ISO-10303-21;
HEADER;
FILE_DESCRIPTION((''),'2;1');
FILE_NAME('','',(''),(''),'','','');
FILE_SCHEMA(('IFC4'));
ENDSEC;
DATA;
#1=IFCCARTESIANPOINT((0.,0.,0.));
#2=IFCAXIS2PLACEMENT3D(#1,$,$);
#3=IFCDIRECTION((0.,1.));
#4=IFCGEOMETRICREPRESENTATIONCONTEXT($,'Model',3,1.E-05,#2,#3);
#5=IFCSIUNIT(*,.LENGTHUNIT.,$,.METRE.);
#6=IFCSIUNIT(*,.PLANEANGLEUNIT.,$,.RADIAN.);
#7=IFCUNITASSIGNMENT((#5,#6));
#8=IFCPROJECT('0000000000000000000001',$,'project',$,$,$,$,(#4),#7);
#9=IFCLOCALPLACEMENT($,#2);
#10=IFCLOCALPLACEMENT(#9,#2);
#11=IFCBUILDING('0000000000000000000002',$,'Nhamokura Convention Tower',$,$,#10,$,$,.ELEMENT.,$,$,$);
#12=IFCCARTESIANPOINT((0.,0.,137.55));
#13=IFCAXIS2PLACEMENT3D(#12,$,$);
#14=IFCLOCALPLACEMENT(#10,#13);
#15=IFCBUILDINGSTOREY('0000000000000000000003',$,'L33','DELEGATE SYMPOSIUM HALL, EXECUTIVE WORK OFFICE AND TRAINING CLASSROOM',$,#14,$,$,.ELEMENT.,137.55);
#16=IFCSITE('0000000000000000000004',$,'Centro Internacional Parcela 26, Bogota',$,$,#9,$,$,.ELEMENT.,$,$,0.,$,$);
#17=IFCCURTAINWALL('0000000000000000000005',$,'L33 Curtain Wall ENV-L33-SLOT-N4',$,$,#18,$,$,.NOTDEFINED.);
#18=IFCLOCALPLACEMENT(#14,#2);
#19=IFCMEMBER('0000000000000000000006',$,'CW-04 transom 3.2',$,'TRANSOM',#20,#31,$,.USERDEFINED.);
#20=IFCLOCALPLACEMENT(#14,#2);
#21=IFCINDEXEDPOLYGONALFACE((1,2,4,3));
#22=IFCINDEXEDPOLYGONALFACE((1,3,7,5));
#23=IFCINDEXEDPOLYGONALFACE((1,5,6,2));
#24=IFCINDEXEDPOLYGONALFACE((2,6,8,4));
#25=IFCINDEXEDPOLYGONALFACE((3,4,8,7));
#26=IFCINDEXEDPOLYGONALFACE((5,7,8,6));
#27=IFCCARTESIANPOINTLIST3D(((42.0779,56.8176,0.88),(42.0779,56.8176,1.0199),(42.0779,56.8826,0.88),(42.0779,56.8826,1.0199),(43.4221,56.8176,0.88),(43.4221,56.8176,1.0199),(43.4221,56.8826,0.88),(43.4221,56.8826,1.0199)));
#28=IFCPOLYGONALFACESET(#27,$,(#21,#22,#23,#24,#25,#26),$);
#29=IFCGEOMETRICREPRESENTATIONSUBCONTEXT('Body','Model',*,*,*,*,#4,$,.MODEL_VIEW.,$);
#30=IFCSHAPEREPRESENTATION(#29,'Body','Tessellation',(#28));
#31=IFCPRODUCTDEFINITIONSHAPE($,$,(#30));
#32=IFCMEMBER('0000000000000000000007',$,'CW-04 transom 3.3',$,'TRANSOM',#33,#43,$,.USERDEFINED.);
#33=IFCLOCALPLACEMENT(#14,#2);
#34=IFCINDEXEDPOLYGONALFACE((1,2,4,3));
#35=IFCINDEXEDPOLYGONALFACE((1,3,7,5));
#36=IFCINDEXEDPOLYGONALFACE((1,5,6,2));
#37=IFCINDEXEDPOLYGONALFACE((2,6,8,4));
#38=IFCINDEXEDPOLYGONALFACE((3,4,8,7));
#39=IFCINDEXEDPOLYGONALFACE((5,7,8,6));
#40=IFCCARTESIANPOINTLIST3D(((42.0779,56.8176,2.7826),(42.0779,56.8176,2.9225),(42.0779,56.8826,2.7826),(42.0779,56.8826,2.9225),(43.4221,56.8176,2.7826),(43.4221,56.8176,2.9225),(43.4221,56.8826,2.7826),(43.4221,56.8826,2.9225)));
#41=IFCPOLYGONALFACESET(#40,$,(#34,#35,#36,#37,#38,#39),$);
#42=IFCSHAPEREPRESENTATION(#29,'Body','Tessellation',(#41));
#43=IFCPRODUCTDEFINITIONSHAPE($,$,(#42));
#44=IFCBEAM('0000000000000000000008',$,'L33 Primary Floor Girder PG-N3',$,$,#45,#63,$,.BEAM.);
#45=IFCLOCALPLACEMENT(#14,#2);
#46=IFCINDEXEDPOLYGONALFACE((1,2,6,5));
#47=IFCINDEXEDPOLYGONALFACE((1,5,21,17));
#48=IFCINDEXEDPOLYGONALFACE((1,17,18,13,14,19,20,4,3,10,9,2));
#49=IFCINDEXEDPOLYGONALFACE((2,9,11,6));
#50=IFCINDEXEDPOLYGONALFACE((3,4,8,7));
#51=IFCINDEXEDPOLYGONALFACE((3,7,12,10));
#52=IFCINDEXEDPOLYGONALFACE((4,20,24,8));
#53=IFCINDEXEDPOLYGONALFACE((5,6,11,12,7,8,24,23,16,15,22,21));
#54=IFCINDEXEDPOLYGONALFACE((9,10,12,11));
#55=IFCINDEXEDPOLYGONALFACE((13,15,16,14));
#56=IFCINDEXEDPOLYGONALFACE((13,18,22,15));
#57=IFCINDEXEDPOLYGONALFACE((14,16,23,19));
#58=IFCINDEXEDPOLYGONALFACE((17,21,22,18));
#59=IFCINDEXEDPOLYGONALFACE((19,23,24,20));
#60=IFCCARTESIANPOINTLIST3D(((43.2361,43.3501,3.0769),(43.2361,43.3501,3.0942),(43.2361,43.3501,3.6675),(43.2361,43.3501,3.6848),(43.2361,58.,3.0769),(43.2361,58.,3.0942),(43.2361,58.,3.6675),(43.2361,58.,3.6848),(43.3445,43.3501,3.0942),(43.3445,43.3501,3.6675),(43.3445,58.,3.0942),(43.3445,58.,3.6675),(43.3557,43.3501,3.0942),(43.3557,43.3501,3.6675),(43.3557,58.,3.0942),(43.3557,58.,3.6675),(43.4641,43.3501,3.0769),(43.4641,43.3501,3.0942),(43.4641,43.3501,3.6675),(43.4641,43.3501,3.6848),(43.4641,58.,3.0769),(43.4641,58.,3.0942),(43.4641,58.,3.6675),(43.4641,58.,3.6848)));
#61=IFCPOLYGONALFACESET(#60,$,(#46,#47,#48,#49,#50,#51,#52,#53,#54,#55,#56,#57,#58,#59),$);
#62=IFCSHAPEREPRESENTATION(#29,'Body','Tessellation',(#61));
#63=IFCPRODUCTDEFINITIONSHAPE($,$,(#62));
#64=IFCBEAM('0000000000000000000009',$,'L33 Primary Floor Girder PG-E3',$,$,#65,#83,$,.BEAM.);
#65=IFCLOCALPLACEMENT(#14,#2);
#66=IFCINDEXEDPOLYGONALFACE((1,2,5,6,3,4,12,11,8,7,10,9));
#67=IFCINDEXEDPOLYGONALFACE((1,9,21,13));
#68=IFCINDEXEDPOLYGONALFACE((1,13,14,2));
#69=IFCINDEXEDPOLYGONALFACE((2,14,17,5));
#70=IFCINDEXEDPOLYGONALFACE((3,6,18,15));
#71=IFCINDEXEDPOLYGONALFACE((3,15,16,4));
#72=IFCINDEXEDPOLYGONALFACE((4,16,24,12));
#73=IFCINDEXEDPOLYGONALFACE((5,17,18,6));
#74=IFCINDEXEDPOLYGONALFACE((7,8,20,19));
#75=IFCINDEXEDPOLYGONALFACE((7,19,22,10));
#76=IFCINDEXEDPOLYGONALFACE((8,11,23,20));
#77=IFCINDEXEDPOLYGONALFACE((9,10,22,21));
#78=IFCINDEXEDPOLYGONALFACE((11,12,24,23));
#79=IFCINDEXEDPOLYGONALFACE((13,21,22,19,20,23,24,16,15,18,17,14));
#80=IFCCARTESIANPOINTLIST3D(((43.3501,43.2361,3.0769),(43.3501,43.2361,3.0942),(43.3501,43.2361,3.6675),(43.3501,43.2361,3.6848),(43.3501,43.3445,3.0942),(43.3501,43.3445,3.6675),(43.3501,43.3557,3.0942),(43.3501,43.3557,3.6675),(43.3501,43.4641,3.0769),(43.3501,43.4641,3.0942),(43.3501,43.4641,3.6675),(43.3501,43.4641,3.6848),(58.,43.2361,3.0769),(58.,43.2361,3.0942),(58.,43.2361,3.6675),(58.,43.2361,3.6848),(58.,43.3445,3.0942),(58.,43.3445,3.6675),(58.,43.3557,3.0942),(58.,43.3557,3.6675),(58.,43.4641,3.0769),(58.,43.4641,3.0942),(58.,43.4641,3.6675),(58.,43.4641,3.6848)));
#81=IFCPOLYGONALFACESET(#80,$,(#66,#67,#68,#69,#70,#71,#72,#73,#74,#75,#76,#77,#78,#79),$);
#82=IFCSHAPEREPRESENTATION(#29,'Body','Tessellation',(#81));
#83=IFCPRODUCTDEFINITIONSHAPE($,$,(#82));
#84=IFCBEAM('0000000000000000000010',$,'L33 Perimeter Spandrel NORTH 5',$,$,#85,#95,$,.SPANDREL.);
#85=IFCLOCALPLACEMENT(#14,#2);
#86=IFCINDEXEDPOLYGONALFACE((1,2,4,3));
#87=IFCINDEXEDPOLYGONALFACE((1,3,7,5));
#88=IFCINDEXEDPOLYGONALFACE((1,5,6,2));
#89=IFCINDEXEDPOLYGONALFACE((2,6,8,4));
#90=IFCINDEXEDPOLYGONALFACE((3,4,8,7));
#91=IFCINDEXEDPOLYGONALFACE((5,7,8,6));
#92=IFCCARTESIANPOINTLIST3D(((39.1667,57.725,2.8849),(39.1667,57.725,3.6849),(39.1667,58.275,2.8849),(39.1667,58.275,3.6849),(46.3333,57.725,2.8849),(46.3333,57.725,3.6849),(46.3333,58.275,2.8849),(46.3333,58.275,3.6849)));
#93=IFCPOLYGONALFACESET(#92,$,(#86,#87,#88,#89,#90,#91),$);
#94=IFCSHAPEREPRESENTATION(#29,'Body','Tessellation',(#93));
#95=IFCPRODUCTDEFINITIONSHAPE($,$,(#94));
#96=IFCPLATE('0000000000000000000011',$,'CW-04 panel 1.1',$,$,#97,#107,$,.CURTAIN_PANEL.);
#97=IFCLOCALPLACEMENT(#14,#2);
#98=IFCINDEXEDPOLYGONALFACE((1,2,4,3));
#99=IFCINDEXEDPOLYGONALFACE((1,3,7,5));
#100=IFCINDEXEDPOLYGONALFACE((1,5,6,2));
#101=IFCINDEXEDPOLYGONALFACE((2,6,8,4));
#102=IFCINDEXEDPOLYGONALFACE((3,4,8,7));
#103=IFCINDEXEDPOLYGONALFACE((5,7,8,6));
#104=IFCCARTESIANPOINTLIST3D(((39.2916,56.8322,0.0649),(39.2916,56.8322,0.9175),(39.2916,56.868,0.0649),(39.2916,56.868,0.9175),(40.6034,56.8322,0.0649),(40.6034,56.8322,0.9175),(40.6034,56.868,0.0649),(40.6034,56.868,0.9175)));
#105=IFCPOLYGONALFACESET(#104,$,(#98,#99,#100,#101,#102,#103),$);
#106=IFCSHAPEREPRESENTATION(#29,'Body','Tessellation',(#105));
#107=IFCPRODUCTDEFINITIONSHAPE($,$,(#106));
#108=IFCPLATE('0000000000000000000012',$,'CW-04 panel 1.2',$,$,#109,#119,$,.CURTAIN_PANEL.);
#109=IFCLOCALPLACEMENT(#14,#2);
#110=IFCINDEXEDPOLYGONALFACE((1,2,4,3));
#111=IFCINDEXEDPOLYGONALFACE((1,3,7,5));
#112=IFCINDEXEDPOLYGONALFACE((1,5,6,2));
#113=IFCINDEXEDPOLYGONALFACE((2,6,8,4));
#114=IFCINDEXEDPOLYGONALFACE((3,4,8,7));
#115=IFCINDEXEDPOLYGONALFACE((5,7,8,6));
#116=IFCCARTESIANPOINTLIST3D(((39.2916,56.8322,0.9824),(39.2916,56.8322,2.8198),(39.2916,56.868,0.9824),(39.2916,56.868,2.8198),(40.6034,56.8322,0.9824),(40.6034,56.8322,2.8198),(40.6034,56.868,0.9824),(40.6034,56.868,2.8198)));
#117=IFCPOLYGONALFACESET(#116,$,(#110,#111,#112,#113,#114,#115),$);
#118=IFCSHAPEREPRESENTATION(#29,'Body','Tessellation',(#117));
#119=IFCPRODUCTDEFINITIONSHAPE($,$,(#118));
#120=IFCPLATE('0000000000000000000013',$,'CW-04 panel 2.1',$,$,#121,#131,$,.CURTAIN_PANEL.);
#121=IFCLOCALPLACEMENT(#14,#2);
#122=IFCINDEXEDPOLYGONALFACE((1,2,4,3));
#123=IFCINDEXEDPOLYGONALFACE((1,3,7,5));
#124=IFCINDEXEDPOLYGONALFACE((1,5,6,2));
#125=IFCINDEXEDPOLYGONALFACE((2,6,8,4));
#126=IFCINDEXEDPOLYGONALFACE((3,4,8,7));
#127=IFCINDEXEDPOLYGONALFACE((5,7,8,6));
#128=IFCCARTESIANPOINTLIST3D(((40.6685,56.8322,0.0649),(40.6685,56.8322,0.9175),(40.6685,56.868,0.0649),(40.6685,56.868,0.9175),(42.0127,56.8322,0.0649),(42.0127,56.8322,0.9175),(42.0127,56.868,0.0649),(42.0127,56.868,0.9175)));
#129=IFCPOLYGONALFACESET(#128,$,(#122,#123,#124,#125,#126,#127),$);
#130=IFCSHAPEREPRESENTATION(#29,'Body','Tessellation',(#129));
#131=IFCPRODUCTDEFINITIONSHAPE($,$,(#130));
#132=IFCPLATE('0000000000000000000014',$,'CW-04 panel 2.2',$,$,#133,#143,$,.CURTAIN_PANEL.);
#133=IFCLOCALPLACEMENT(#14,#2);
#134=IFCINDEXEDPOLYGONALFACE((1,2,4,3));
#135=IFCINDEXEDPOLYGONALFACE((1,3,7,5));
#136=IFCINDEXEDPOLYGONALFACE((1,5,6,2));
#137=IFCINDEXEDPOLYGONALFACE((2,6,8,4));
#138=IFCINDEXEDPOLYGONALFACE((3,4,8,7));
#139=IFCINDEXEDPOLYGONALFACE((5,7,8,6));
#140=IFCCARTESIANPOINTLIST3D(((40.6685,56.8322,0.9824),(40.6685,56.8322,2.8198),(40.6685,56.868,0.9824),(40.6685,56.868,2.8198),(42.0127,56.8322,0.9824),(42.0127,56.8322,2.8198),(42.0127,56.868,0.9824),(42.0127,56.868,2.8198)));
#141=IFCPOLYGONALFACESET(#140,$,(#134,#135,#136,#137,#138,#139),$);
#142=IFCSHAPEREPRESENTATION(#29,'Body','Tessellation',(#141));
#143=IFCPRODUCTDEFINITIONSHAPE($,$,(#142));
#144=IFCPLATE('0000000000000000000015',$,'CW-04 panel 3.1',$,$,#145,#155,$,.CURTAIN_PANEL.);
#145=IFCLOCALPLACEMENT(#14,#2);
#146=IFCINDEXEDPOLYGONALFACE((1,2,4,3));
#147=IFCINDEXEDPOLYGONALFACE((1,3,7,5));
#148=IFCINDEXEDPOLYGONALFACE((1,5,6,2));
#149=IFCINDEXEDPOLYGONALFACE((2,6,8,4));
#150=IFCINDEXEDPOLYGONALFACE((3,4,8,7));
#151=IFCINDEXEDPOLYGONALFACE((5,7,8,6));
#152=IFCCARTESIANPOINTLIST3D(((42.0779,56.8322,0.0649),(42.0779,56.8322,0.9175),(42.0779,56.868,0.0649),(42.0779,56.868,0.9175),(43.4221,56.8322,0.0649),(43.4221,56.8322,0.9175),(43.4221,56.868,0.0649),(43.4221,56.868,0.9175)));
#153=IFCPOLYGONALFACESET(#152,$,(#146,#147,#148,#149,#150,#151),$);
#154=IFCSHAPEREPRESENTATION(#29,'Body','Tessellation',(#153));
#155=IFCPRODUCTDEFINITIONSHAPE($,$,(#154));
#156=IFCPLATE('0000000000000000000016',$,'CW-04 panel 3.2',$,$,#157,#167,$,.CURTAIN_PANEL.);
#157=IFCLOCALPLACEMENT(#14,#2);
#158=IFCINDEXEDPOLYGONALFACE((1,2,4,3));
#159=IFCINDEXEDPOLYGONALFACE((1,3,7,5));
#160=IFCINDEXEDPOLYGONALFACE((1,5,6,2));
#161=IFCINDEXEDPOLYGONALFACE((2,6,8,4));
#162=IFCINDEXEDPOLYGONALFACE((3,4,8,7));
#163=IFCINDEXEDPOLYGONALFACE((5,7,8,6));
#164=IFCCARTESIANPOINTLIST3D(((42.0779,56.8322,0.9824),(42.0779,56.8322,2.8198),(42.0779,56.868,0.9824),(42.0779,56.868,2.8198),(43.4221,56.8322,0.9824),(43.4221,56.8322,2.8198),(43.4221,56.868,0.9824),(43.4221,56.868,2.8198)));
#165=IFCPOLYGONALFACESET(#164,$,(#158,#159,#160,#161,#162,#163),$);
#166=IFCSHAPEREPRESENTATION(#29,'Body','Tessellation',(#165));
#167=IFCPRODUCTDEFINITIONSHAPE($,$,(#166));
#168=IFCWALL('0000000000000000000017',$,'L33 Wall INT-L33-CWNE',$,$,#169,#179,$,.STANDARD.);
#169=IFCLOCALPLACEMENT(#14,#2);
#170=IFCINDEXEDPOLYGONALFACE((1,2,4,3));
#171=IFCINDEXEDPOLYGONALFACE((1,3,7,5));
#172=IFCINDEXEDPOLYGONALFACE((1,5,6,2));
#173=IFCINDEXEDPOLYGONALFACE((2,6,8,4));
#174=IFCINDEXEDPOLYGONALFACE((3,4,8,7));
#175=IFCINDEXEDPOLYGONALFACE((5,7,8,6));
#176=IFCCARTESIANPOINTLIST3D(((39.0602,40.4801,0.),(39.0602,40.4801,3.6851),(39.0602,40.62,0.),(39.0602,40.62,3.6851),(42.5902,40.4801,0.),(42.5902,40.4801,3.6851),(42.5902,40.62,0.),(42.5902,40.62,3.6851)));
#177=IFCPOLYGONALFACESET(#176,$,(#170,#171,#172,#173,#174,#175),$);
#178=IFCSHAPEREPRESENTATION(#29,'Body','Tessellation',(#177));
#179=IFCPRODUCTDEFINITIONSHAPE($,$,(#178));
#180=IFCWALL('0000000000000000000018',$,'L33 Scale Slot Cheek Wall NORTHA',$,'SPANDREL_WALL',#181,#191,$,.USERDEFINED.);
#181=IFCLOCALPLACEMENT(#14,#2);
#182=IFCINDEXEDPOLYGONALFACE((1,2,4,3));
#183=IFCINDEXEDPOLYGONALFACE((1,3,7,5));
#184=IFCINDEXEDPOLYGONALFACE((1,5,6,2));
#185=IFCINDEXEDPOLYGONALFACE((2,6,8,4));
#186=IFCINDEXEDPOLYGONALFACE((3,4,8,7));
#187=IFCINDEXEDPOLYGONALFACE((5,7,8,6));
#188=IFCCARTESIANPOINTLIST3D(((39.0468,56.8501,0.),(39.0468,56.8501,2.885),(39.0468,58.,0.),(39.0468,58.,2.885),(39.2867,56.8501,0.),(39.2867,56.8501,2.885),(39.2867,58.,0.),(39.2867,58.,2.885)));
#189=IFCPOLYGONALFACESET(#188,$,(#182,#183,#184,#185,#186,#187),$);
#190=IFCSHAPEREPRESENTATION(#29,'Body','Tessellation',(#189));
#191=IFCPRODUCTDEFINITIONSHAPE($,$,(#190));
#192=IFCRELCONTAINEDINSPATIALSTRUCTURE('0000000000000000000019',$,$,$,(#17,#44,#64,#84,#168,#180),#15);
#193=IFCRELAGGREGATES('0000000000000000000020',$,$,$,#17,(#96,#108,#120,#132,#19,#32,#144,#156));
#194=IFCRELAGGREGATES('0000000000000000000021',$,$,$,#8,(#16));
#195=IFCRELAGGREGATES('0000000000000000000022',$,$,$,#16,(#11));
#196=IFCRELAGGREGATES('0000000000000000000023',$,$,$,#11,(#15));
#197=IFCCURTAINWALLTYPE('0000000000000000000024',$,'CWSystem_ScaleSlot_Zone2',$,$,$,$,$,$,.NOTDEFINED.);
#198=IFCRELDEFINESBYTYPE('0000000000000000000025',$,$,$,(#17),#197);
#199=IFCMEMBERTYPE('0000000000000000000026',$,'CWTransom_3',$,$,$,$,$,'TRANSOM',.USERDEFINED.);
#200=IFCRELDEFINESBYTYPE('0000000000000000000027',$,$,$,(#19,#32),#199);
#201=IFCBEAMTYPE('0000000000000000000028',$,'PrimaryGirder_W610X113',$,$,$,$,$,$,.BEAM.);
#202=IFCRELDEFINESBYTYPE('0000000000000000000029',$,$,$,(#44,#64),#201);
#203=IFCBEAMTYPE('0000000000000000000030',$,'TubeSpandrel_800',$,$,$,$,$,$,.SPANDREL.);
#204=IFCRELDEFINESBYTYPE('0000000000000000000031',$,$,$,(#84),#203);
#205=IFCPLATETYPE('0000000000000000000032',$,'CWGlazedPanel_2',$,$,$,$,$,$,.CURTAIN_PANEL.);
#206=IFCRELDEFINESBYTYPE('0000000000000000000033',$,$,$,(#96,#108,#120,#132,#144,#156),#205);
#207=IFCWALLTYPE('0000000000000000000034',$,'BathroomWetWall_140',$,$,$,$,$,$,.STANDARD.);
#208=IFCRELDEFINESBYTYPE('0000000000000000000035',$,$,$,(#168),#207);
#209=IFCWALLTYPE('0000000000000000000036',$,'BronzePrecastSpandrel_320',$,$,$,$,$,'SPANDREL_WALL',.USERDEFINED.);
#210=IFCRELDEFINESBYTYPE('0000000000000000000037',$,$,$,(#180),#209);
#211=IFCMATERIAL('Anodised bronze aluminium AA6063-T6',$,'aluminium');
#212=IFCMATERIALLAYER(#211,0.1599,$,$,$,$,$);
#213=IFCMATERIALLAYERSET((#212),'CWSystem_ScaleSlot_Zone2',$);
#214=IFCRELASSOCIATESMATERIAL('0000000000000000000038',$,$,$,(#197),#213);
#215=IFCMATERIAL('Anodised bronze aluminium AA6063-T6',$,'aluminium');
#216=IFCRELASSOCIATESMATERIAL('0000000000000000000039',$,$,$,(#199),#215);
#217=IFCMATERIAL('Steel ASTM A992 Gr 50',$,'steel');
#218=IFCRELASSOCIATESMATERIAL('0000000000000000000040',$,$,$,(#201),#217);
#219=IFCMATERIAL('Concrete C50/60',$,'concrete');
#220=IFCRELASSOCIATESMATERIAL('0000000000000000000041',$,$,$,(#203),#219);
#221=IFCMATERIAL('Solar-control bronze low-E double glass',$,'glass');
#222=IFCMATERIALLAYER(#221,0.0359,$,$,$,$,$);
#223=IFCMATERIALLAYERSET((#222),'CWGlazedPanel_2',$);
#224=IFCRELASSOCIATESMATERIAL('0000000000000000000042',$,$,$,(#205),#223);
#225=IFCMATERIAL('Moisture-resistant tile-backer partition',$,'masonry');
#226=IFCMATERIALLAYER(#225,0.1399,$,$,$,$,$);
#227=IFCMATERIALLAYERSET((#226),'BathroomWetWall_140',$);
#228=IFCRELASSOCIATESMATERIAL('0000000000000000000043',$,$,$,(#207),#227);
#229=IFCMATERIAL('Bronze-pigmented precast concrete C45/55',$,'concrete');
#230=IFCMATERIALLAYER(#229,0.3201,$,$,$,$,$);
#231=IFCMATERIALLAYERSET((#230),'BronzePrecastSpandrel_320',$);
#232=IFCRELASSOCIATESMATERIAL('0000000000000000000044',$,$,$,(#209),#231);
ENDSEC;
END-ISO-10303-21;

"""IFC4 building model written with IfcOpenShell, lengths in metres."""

from ifc_helpers import new_model, si_unit, direction, frame, frame_2d, origin, origin_2d, place, context, subcontext, project, spatial, rectangle, i_section, extrude, material, layer, layer_set, material_profile, profile_set, type_object, element, aggregate, save


model = new_model("IFC4")

# Units and contexts
model_context = context("Model", 3, precision=1e-05, world=origin(), true_north=direction((0.0, 1.0)))
body_context = subcontext(model_context, "Body", "Model", "MODEL_VIEW")
ifc_project = project(units=[si_unit("LENGTHUNIT", "METRE"), si_unit("PLANEANGLEUNIT", "RADIAN")], contexts=[model_context])

# Site, building, storey
site_placement = place(None, origin())
site = spatial("IfcSite", under=ifc_project, at=site_placement, Name="Centro Internacional Parcela 26, Bogota", CompositionType="ELEMENT", RefElevation=0.0)
building_placement = place(site_placement, origin())
building = spatial("IfcBuilding", under=site, at=building_placement, Name="Nhamokura Convention Tower", CompositionType="ELEMENT")
storey_placement = place(building_placement, frame((0.0, 0.0, 137.55)))
storey = spatial("IfcBuildingStorey", under=building, at=storey_placement, Name="L33", Description="DELEGATE SYMPOSIUM HALL, EXECUTIVE WORK OFFICE AND TRAINING CLASSROOM", CompositionType="ELEMENT", Elevation=137.55)

# Curtain wall, members
ifc_material_1 = material(Name="Anodised bronze aluminium AA6063-T6", Category="aluminium")
ifc_layer_1 = layer(ifc_material_1, 0.1599)
ifc_layer_set_1 = layer_set([ifc_layer_1], Name="CWSystem_ScaleSlot_Zone2")
curtain_wall_type = type_object("IfcCurtainWallType", Name="CWSystem_ScaleSlot_Zone2", PredefinedType="NOTDEFINED", material=ifc_layer_set_1)
curtain_wall_placement = place(storey_placement, origin())
curtain_wall = element("IfcCurtainWall", 1, at=curtain_wall_placement, inside=storey, type_object=curtain_wall_type, Name="L33 Curtain Wall ENV-L33-SLOT-N4", PredefinedType="NOTDEFINED")
ifc_material_2 = material(Name="Anodised bronze aluminium AA6063-T6", Category="aluminium")
ifc_material_profile_1 = material_profile(ifc_material_2, rectangle(XDim=0.0649, YDim=0.1399, at=origin_2d()))
ifc_profile_set_1 = profile_set([ifc_material_profile_1], Name="Anodised bronze aluminium AA6063-T6")
member_type_1 = type_object("IfcMemberType", Name="CWTransom_3", ElementType="TRANSOM", PredefinedType="USERDEFINED", material=ifc_profile_set_1)
member_1_placement = place(storey_placement, frame((42.0779, 56.8501, 0.95), z_axis=(1.0, 0.0, 0.0), x_axis=(0.0, 1.0, 0.0)))
member_1 = element("IfcMember", 2, at=member_1_placement, type_object=member_type_1, Name="CW-04 transom 3.2", ObjectType="TRANSOM", PredefinedType="USERDEFINED", context=body_context, shape_type="SweptSolid", body=[
    extrude(rectangle(XDim=0.0649, YDim=0.1399, at=origin_2d()), origin(), (0.0, 0.0, 1.0), 1.3442),
])
member_2_placement = place(storey_placement, frame((42.0779, 56.8501, 2.8525), z_axis=(1.0, 0.0, 0.0), x_axis=(0.0, 1.0, 0.0)))
member_2 = element("IfcMember", 3, at=member_2_placement, type_object=member_type_1, Name="CW-04 transom 3.3", ObjectType="TRANSOM", PredefinedType="USERDEFINED", context=body_context, shape_type="SweptSolid", body=[
    extrude(rectangle(XDim=0.0649, YDim=0.1399, at=origin_2d()), origin(), (0.0, 0.0, 1.0), 1.3442),
])

# Beams
ifc_material_3 = material(Name="Steel ASTM A992 Gr 50", Category="steel")
ifc_material_profile_2 = material_profile(ifc_material_3, i_section(OverallWidth=0.228, OverallDepth=0.6079, WebThickness=0.0112, FlangeThickness=0.0173, at=origin_2d()))
ifc_profile_set_2 = profile_set([ifc_material_profile_2], Name="Steel ASTM A992 Gr 50")
beam_type_1 = type_object("IfcBeamType", Name="PrimaryGirder_W610X113", PredefinedType="BEAM", material=ifc_profile_set_2)
for number, where, z_axis, x_axis, name in (
    (4, (43.3501, 43.3501, 3.3809), (0.0, 1.0, 0.0), (-1.0, 0.0, 0.0), "L33 Primary Floor Girder PG-N3"),
    (5, (43.3501, 43.3501, 3.3809), (1.0, 0.0, 0.0), (0.0, 1.0, 0.0), "L33 Primary Floor Girder PG-E3"),
):
    element("IfcBeam", number, at=place(storey_placement, frame(where, z_axis=z_axis, x_axis=x_axis)), inside=storey, type_object=beam_type_1, Name=name, PredefinedType="BEAM", context=body_context, shape_type="SweptSolid", body=[
        extrude(i_section(OverallWidth=0.228, OverallDepth=0.6079, WebThickness=0.0112, FlangeThickness=0.0173, at=origin_2d()), origin(), (0.0, 0.0, 1.0), 14.6499),
    ])
ifc_material_4 = material(Name="Concrete C50/60", Category="concrete")
ifc_material_profile_3 = material_profile(ifc_material_4, rectangle(XDim=0.55, YDim=0.8, at=origin_2d()))
ifc_profile_set_3 = profile_set([ifc_material_profile_3], Name="Concrete C50/60")
beam_type_2 = type_object("IfcBeamType", Name="TubeSpandrel_800", PredefinedType="SPANDREL", material=ifc_profile_set_3)
beam_placement = place(storey_placement, frame((39.1667, 58.0, 3.2849), z_axis=(1.0, 0.0, 0.0), x_axis=(0.0, 1.0, 0.0)))
element("IfcBeam", 6, at=beam_placement, inside=storey, type_object=beam_type_2, Name="L33 Perimeter Spandrel NORTH 5", PredefinedType="SPANDREL", context=body_context, shape_type="SweptSolid", body=[
    extrude(rectangle(XDim=0.55, YDim=0.8, at=origin_2d()), origin(), (0.0, 0.0, 1.0), 7.1665),
])

# Plates
ifc_material_5 = material(Name="Solar-control bronze low-E double glass", Category="glass")
ifc_layer_2 = layer(ifc_material_5, 0.0359)
ifc_layer_set_2 = layer_set([ifc_layer_2], Name="CWGlazedPanel_2")
plate_type = type_object("IfcPlateType", Name="CWGlazedPanel_2", PredefinedType="CURTAIN_PANEL", material=ifc_layer_set_2)
plate_1_placement = place(storey_placement, frame((39.9475, 56.8501, 0.0649), z_axis=(0.0, 0.0, 1.0), x_axis=(1.0, 0.0, 0.0)))
plate_1 = element("IfcPlate", 7, at=plate_1_placement, type_object=plate_type, Name="CW-04 panel 1.1", PredefinedType="CURTAIN_PANEL", context=body_context, shape_type="SweptSolid", body=[
    extrude(rectangle(XDim=1.3118, YDim=0.0359, at=origin_2d()), origin(), (0.0, 0.0, 1.0), 0.8525),
])
plate_2_placement = place(storey_placement, frame((39.9475, 56.8501, 0.9824), z_axis=(0.0, 0.0, 1.0), x_axis=(1.0, 0.0, 0.0)))
plate_2 = element("IfcPlate", 8, at=plate_2_placement, type_object=plate_type, Name="CW-04 panel 1.2", PredefinedType="CURTAIN_PANEL", context=body_context, shape_type="SweptSolid", body=[
    extrude(rectangle(XDim=1.3118, YDim=0.0359, at=origin_2d()), origin(), (0.0, 0.0, 1.0), 1.8374),
])
plate_3_placement = place(storey_placement, frame((41.3406, 56.8501, 0.0649), z_axis=(0.0, 0.0, 1.0), x_axis=(1.0, 0.0, 0.0)))
plate_3 = element("IfcPlate", 9, at=plate_3_placement, type_object=plate_type, Name="CW-04 panel 2.1", PredefinedType="CURTAIN_PANEL", context=body_context, shape_type="SweptSolid", body=[
    extrude(rectangle(XDim=1.3442, YDim=0.0359, at=origin_2d()), origin(), (0.0, 0.0, 1.0), 0.8525),
])
plate_4_placement = place(storey_placement, frame((41.3406, 56.8501, 0.9824), z_axis=(0.0, 0.0, 1.0), x_axis=(1.0, 0.0, 0.0)))
plate_4 = element("IfcPlate", 10, at=plate_4_placement, type_object=plate_type, Name="CW-04 panel 2.2", PredefinedType="CURTAIN_PANEL", context=body_context, shape_type="SweptSolid", body=[
    extrude(rectangle(XDim=1.3442, YDim=0.0359, at=origin_2d()), origin(), (0.0, 0.0, 1.0), 1.8374),
])
plate_5_placement = place(storey_placement, frame((42.75, 56.8501, 0.0649), z_axis=(0.0, 0.0, 1.0), x_axis=(1.0, 0.0, 0.0)))
plate_5 = element("IfcPlate", 11, at=plate_5_placement, type_object=plate_type, Name="CW-04 panel 3.1", PredefinedType="CURTAIN_PANEL", context=body_context, shape_type="SweptSolid", body=[
    extrude(rectangle(XDim=1.3442, YDim=0.0359, at=origin_2d()), origin(), (0.0, 0.0, 1.0), 0.8525),
])
plate_6_placement = place(storey_placement, frame((42.75, 56.8501, 0.9824), z_axis=(0.0, 0.0, 1.0), x_axis=(1.0, 0.0, 0.0)))
plate_6 = element("IfcPlate", 12, at=plate_6_placement, type_object=plate_type, Name="CW-04 panel 3.2", PredefinedType="CURTAIN_PANEL", context=body_context, shape_type="SweptSolid", body=[
    extrude(rectangle(XDim=1.3442, YDim=0.0359, at=origin_2d()), origin(), (0.0, 0.0, 1.0), 1.8374),
])
aggregate(curtain_wall, [plate_1, plate_2, plate_3, plate_4, member_1, member_2, plate_5, plate_6])

# Walls
ifc_material_6 = material(Name="Moisture-resistant tile-backer partition", Category="masonry")
ifc_layer_3 = layer(ifc_material_6, 0.1399)
ifc_layer_set_3 = layer_set([ifc_layer_3], Name="BathroomWetWall_140")
wall_type_1 = type_object("IfcWallType", Name="BathroomWetWall_140", PredefinedType="STANDARD", material=ifc_layer_set_3)
wall_1_placement = place(storey_placement, frame((39.0601, 40.55, 0.0), z_axis=(0.0, 0.0, 1.0), x_axis=(1.0, 0.0, 0.0)))
element("IfcWall", 13, at=wall_1_placement, inside=storey, type_object=wall_type_1, Name="L33 Wall INT-L33-CWNE", PredefinedType="STANDARD", context=body_context, shape_type="SweptSolid", body=[
    extrude(rectangle(XDim=3.53, YDim=0.1399, at=frame_2d((1.7651, 0.0))), origin(), (0.0, 0.0, 1.0), 3.6851),
])
ifc_material_7 = material(Name="Bronze-pigmented precast concrete C45/55", Category="concrete")
ifc_layer_4 = layer(ifc_material_7, 0.3201)
ifc_layer_set_4 = layer_set([ifc_layer_4], Name="BronzePrecastSpandrel_320")
wall_type_2 = type_object("IfcWallType", Name="BronzePrecastSpandrel_320", ElementType="SPANDREL_WALL", PredefinedType="USERDEFINED", material=ifc_layer_set_4)
wall_2_placement = place(storey_placement, frame((39.1667, 58.0, 0.0), z_axis=(0.0, 0.0, 1.0), x_axis=(0.0, -1.0, 0.0)))
element("IfcWall", 14, at=wall_2_placement, inside=storey, type_object=wall_type_2, Name="L33 Scale Slot Cheek Wall NORTHA", ObjectType="SPANDREL_WALL", PredefinedType="USERDEFINED", context=body_context, shape_type="SweptSolid", body=[
    extrude(rectangle(XDim=1.1499, YDim=0.24, at=frame_2d((0.575, 0.0))), origin(), (0.0, 0.0, 1.0), 2.885),
])

save(model, "model.ifc")
